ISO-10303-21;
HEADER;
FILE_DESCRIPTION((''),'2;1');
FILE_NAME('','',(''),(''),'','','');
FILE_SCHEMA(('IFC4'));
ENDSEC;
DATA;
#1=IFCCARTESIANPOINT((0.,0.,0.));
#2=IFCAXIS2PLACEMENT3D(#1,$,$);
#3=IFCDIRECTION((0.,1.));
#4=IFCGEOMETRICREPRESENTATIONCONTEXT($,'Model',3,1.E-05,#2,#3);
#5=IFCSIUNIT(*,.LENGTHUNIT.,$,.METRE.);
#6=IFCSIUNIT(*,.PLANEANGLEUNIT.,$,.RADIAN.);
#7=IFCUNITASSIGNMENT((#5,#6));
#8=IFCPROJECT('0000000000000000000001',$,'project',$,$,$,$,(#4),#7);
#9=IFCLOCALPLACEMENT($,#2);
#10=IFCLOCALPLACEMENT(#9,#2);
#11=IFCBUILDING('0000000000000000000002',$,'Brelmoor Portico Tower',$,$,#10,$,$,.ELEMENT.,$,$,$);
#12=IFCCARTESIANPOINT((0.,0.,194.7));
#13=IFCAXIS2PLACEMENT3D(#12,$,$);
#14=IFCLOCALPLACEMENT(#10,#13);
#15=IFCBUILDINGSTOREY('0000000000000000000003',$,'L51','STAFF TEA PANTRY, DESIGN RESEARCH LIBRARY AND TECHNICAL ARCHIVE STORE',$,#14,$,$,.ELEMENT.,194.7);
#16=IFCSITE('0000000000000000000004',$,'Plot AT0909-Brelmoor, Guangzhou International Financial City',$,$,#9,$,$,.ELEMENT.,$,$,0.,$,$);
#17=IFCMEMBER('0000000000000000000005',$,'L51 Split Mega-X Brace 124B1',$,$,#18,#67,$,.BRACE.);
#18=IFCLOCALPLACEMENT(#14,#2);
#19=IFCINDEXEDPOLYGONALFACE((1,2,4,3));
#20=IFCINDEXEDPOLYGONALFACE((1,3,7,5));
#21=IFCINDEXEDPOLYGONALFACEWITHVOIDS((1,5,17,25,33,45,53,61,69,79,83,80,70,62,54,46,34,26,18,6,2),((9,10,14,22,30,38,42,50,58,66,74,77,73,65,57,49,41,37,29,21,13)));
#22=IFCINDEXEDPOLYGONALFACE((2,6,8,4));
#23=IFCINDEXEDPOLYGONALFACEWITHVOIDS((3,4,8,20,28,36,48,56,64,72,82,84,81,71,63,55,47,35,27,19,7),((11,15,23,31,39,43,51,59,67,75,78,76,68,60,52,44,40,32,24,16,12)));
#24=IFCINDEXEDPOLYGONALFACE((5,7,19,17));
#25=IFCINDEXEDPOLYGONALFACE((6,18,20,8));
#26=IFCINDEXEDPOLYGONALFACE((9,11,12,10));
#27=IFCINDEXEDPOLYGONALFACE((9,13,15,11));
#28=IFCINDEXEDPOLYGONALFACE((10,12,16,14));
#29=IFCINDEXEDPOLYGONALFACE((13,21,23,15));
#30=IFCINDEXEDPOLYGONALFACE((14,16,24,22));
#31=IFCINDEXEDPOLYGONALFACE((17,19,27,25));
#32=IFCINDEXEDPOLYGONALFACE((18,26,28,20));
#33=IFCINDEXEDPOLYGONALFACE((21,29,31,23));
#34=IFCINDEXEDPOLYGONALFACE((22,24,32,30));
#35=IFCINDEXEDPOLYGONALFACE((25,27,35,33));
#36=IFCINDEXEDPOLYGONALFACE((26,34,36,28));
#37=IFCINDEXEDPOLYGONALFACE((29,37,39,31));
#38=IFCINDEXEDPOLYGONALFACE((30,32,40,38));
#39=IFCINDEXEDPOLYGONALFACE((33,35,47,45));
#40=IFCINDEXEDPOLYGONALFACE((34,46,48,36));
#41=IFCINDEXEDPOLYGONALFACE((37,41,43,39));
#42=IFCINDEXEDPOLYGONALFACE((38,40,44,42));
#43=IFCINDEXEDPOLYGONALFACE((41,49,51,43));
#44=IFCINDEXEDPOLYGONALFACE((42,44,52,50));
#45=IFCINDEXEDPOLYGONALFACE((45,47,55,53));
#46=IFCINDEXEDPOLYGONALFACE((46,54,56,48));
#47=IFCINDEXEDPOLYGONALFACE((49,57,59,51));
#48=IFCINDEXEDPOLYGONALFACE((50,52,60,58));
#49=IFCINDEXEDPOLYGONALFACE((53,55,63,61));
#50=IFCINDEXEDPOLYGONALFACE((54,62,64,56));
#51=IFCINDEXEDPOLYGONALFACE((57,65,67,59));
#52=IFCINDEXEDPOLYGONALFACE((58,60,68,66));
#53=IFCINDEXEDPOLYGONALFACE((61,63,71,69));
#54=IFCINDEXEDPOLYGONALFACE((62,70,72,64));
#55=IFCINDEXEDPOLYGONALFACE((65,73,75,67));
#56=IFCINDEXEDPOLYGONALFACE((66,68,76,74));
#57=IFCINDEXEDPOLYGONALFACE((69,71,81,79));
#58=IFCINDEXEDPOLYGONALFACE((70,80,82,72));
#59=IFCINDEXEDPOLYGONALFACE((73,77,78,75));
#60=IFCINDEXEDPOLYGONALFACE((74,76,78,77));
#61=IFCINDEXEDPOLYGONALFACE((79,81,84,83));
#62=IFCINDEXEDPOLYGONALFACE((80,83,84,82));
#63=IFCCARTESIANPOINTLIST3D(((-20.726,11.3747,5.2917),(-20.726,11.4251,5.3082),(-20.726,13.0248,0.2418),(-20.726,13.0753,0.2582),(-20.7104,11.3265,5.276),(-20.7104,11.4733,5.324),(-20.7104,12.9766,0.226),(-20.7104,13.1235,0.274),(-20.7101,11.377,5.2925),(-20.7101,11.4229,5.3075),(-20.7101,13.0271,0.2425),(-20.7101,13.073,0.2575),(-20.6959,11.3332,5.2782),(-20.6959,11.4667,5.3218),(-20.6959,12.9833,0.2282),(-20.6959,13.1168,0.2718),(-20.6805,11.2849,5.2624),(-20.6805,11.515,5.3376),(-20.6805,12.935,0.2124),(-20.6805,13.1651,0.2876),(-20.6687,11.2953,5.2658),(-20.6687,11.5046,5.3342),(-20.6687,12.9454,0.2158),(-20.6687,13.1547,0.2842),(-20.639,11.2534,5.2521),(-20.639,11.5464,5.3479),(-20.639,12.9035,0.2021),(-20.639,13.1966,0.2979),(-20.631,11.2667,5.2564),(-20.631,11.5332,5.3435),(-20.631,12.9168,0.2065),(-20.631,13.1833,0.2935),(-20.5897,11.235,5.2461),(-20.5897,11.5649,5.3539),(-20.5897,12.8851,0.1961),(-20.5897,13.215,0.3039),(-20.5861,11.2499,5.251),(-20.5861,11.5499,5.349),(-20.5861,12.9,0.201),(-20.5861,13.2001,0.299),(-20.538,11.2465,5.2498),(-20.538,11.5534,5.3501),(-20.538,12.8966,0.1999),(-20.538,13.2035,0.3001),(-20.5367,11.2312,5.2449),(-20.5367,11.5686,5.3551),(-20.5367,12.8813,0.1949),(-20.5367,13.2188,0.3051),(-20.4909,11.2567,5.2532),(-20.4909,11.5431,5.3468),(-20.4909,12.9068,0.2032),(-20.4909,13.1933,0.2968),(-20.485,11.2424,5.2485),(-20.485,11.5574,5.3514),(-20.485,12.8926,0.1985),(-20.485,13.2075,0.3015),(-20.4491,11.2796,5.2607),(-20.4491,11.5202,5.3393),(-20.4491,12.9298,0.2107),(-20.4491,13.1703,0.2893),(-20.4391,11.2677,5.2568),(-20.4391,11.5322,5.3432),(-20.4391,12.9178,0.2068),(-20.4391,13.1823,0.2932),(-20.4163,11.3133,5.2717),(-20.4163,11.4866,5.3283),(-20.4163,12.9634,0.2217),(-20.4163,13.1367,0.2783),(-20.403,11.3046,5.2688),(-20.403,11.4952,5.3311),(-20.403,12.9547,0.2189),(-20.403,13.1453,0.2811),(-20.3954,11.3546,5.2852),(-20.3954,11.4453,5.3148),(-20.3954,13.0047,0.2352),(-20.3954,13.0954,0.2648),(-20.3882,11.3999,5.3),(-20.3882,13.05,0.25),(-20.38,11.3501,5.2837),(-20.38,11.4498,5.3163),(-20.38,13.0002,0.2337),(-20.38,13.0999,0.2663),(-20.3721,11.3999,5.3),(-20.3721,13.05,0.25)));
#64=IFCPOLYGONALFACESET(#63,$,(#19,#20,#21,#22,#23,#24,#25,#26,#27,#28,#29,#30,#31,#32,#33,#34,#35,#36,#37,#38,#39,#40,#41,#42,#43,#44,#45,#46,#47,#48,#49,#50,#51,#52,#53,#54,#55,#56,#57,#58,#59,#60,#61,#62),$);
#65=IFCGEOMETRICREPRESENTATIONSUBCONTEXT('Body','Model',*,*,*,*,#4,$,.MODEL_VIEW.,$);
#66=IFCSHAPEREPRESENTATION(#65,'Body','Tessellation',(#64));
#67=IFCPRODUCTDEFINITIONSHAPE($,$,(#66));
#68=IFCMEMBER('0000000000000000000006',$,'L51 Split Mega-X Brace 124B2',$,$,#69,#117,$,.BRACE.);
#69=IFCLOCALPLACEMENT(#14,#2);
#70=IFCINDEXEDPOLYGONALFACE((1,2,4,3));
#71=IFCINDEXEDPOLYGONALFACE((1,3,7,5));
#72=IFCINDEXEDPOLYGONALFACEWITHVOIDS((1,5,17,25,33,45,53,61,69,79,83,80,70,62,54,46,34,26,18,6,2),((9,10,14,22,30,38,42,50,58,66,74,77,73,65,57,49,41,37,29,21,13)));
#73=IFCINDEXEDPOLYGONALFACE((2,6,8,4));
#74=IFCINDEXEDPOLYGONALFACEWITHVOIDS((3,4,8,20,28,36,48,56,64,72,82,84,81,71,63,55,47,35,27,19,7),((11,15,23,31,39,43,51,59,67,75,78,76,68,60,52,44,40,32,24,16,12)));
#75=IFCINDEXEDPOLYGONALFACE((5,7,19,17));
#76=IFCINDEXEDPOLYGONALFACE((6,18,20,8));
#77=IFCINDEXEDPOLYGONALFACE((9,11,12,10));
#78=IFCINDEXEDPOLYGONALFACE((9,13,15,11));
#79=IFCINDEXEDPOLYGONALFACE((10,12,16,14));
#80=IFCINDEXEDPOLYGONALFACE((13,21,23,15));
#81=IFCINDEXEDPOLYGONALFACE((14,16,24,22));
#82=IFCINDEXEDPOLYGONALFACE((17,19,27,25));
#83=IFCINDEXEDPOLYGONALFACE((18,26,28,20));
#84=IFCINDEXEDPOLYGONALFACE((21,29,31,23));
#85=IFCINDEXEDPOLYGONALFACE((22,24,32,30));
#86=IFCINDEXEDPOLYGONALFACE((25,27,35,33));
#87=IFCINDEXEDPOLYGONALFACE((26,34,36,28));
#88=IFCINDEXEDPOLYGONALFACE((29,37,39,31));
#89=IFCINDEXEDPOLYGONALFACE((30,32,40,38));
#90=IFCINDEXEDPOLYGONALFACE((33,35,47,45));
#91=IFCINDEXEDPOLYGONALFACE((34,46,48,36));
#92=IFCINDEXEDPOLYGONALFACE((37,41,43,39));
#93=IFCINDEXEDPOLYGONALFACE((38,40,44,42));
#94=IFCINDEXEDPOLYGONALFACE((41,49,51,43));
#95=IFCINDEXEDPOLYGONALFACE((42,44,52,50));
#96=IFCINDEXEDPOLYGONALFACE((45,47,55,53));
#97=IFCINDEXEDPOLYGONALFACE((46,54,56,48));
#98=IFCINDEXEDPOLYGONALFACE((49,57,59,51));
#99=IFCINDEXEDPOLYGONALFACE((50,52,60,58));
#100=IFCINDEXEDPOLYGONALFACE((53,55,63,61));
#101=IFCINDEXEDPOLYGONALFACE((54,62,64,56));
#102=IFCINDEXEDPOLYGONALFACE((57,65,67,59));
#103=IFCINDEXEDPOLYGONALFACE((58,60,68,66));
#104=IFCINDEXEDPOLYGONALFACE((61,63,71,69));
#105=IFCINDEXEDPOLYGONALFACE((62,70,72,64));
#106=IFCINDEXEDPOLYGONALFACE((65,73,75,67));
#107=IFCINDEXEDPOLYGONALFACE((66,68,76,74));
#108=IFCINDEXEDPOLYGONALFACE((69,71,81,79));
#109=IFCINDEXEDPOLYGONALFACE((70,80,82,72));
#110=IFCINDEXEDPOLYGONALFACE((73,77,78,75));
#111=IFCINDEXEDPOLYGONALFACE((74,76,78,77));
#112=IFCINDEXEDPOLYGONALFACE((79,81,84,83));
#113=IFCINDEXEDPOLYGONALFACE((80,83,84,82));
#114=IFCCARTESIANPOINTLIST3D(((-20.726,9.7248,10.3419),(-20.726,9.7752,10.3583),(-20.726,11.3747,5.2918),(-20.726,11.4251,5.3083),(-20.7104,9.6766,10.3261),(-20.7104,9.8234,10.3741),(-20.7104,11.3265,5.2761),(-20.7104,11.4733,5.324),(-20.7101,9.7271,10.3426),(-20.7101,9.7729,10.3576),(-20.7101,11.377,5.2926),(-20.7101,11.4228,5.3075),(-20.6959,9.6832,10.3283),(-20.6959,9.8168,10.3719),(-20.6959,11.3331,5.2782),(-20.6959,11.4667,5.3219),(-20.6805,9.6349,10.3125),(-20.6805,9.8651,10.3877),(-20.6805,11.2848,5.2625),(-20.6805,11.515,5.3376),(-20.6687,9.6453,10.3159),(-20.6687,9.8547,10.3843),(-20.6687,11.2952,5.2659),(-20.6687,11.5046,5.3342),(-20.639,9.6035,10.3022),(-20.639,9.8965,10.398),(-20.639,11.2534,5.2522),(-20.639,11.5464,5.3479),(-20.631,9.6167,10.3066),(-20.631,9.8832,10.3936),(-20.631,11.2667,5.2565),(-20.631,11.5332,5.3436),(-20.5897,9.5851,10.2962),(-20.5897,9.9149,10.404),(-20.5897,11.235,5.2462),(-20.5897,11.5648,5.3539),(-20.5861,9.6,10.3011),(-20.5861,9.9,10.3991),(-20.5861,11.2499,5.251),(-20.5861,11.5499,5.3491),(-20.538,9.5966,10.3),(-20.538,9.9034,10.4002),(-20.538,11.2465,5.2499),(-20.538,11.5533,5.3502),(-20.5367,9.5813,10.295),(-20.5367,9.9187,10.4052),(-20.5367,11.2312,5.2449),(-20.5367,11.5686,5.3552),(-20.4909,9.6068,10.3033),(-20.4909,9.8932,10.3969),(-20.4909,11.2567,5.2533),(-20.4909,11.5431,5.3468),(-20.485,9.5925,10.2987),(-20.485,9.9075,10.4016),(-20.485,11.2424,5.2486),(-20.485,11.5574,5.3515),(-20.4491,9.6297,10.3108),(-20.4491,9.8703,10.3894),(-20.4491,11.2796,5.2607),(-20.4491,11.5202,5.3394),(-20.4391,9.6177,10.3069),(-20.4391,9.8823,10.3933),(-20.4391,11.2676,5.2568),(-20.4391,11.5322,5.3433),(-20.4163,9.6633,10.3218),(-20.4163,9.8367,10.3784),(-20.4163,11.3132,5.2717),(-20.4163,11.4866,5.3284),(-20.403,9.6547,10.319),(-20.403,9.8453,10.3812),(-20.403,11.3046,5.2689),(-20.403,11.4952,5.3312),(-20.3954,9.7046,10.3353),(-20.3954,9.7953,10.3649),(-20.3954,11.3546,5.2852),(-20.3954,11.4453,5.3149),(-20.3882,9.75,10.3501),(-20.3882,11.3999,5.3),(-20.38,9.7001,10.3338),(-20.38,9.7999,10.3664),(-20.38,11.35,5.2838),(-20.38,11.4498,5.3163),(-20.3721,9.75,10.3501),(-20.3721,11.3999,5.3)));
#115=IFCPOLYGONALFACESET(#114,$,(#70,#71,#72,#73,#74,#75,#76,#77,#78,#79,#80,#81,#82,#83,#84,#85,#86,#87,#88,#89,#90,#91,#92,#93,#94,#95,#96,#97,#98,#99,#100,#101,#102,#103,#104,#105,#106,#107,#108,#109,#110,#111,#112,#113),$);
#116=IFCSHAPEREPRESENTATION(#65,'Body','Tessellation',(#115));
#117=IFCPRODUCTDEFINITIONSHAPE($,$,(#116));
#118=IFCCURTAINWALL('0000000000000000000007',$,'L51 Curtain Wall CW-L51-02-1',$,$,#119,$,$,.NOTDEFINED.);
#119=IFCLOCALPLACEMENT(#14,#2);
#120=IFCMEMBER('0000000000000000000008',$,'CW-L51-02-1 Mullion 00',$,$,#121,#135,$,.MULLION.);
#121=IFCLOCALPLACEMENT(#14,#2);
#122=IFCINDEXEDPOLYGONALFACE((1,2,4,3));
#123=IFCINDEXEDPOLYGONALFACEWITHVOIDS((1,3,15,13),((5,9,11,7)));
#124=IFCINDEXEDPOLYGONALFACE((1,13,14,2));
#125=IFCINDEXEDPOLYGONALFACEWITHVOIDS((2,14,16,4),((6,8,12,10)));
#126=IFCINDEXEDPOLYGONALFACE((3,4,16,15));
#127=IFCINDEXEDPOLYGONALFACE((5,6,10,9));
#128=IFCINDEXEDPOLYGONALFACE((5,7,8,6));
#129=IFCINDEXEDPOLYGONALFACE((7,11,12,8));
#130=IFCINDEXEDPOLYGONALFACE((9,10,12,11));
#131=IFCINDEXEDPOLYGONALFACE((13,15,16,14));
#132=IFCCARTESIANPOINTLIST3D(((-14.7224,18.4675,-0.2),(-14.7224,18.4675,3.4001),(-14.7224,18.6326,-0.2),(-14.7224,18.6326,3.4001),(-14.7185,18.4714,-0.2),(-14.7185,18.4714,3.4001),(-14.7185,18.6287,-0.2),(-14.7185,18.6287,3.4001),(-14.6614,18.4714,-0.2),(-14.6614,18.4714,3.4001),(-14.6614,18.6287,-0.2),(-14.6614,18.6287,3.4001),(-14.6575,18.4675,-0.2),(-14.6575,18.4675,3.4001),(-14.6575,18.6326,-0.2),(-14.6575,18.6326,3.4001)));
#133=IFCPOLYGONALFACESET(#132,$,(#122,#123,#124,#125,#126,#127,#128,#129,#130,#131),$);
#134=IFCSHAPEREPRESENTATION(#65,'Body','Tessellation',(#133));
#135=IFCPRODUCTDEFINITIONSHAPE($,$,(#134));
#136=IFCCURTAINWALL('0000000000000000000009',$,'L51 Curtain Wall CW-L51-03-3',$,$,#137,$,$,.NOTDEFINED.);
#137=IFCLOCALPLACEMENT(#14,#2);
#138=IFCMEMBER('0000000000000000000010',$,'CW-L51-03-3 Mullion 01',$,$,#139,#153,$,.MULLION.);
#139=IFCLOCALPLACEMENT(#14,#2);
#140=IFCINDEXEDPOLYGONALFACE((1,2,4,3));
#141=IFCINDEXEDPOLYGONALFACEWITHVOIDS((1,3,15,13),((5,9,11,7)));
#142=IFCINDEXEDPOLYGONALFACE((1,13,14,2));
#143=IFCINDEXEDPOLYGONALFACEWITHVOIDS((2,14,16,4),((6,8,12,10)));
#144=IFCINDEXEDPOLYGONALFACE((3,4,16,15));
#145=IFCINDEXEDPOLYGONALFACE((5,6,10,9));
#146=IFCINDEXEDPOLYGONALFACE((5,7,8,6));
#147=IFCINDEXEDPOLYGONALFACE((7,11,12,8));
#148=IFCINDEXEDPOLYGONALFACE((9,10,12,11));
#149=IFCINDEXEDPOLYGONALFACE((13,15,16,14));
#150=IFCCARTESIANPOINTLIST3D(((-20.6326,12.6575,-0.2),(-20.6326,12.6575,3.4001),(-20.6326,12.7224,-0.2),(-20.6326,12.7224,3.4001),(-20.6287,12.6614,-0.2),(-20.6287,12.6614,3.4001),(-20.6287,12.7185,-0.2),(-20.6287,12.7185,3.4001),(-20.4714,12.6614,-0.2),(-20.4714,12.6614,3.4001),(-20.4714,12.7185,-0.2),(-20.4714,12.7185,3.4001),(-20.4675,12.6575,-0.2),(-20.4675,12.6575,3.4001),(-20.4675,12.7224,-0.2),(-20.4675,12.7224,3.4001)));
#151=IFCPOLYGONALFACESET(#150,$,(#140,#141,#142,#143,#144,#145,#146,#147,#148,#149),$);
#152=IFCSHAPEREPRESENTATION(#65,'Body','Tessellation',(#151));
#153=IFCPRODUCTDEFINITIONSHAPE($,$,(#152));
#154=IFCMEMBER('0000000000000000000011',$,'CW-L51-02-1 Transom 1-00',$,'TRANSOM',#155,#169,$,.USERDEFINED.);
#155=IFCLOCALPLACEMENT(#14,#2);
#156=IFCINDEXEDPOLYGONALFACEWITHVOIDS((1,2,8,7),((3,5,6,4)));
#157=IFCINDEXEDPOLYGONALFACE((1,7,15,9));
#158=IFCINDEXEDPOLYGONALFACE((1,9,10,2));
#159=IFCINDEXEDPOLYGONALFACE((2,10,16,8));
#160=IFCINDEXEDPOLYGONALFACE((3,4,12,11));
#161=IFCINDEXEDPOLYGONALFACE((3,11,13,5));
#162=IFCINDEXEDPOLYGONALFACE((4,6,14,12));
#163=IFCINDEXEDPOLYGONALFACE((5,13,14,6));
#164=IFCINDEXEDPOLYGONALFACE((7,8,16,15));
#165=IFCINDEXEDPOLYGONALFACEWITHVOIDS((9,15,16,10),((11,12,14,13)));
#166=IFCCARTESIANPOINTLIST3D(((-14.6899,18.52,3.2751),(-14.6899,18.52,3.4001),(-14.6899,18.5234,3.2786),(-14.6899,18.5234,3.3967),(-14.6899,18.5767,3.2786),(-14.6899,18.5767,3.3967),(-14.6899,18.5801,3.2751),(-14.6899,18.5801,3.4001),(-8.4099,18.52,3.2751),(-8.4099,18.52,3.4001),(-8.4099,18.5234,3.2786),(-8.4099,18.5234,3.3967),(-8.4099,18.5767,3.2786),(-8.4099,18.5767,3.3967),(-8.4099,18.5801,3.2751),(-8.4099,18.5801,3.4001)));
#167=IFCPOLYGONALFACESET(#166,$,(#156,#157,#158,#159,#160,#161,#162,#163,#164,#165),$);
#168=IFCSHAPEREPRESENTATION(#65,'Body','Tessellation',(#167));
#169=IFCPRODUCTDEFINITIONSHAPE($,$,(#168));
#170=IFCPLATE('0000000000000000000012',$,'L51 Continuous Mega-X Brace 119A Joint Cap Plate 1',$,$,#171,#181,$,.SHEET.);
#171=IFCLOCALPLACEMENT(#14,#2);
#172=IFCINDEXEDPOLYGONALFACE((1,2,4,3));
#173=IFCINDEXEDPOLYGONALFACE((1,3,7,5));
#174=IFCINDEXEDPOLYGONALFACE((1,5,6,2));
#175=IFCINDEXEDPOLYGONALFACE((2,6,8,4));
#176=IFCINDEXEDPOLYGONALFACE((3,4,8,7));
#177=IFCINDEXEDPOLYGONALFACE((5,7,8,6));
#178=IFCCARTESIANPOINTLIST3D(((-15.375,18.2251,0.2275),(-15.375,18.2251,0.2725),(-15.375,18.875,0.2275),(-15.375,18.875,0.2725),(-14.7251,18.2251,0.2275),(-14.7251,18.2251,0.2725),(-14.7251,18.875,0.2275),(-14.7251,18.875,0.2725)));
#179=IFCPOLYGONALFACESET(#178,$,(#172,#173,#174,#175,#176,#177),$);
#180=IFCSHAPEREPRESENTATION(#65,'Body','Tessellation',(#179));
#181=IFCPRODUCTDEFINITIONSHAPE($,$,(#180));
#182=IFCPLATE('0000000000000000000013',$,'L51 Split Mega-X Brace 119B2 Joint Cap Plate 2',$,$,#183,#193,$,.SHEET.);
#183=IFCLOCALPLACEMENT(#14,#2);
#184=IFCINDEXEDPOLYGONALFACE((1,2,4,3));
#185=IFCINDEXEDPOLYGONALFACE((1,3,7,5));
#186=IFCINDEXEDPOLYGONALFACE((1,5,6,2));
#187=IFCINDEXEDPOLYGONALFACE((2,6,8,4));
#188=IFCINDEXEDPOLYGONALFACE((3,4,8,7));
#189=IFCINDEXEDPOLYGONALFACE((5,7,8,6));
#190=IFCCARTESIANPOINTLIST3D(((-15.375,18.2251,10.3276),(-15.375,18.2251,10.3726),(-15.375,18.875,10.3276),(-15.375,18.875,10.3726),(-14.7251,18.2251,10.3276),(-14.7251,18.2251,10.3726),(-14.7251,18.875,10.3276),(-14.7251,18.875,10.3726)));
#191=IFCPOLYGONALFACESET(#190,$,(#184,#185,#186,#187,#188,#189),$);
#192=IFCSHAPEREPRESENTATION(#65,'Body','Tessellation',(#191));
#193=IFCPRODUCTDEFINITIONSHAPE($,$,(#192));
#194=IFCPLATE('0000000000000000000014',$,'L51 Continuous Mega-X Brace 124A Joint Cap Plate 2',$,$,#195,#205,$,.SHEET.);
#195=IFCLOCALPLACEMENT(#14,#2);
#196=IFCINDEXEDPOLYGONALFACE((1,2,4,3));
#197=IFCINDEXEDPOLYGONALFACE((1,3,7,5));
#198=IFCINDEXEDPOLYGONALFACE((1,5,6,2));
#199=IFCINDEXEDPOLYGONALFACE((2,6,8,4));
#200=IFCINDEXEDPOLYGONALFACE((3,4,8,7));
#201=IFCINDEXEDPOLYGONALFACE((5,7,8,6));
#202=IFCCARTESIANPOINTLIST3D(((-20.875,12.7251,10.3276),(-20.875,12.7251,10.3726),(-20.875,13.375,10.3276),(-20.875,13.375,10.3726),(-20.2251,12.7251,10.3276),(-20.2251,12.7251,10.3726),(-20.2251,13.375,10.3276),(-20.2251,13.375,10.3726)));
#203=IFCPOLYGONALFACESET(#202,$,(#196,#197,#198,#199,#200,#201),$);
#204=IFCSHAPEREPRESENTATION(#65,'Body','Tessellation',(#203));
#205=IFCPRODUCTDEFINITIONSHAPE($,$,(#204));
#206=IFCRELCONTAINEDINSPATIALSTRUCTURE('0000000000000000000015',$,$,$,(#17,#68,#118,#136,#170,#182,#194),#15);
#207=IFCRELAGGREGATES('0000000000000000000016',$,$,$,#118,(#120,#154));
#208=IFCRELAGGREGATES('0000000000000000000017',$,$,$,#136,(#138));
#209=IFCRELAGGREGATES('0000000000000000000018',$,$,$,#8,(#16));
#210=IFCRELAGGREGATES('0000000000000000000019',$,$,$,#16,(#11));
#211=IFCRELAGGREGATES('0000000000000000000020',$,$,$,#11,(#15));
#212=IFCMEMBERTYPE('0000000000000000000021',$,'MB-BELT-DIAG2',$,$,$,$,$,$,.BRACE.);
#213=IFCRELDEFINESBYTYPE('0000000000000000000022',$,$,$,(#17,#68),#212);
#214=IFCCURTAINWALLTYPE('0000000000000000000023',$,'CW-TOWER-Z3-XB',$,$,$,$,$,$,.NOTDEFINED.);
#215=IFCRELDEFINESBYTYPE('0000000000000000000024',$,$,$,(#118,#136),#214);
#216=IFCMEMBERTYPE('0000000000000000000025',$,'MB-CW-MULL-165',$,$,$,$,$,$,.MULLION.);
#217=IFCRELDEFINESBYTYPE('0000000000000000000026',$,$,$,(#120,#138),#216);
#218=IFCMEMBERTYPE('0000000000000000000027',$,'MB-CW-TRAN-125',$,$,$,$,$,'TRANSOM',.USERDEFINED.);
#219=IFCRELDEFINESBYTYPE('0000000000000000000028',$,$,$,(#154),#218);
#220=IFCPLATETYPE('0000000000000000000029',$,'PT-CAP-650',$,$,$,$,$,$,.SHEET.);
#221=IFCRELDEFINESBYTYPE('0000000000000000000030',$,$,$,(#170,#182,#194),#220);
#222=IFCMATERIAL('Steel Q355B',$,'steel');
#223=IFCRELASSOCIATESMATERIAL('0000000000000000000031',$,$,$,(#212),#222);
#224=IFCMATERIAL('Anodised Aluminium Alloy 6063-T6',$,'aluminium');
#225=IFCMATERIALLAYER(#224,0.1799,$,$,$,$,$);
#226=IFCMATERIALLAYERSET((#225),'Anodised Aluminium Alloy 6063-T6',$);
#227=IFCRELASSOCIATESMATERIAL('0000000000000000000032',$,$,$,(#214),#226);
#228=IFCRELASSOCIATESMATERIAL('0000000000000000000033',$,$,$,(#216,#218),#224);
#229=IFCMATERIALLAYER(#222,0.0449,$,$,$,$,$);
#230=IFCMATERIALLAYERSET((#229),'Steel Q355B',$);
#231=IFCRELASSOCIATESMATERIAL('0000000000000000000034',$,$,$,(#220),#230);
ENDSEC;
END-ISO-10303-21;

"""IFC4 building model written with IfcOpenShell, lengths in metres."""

from ifc_helpers import new_model, si_unit, direction, frame, origin, origin_2d, place, context, subcontext, project, spatial, rectangle, hollow_rectangle, hollow_circle, extrude, material, layer, layer_set, material_profile, profile_set, type_object, element, aggregate, save


model = new_model("IFC4")

# Units and contexts
model_context = context("Model", 3, precision=1e-05, world=origin(), true_north=direction((0.0, 1.0)))
body_context = subcontext(model_context, "Body", "Model", "MODEL_VIEW")
ifc_project = project(units=[si_unit("LENGTHUNIT", "METRE"), si_unit("PLANEANGLEUNIT", "RADIAN")], contexts=[model_context])

# Site, building, storey
site_placement = place(None, origin())
site = spatial("IfcSite", under=ifc_project, at=site_placement, Name="Plot AT0909-Brelmoor, Guangzhou International Financial City", CompositionType="ELEMENT", RefElevation=0.0)
building_placement = place(site_placement, origin())
building = spatial("IfcBuilding", under=site, at=building_placement, Name="Brelmoor Portico Tower", CompositionType="ELEMENT")
storey_placement = place(building_placement, frame((0.0, 0.0, 194.7)))
storey = spatial("IfcBuildingStorey", under=building, at=storey_placement, Name="L51", Description="STAFF TEA PANTRY, DESIGN RESEARCH LIBRARY AND TECHNICAL ARCHIVE STORE", CompositionType="ELEMENT", Elevation=194.7)

# Shared definitions
ifc_material_1 = material(Name="Steel Q355B", Category="steel")

# Members
ifc_material_profile_1 = material_profile(ifc_material_1, hollow_circle(Radius=0.178, WallThickness=0.0161, at=origin_2d()), Name="CHS 356x16")
ifc_profile_set_1 = profile_set([ifc_material_profile_1], Name="Steel Q355B")
member_type_1 = type_object("IfcMemberType", Name="MB-BELT-DIAG2", PredefinedType="BRACE", material=ifc_profile_set_1)
for number, where, z_axis, x_axis, name in (
    (1, (-20.55, 13.05, 0.25), (0.0, -0.310598, 0.950542), (1.0, 0.0, 0.0), "L51 Split Mega-X Brace 124B1"),
    (2, (-20.55, 11.3999, 5.3), (0.0, -0.310556, 0.950555), (1.0, 0.0, 0.0), "L51 Split Mega-X Brace 124B2"),
):
    element("IfcMember", number, at=place(storey_placement, frame(where, z_axis=z_axis, x_axis=x_axis)), inside=storey, type_object=member_type_1, Name=name, PredefinedType="BRACE", context=body_context, shape_type="SweptSolid", body=[
        extrude(hollow_circle(Radius=0.178, WallThickness=0.0161, at=origin_2d()), origin(), (0.0, 0.0, 1.0), 5.3127),
    ])

# Curtain walls, members
ifc_material_2 = material(Name="Anodised Aluminium Alloy 6063-T6", Category="aluminium")
ifc_layer_1 = layer(ifc_material_2, 0.1799)
ifc_layer_set_1 = layer_set([ifc_layer_1], Name="Anodised Aluminium Alloy 6063-T6")
curtain_wall_type = type_object("IfcCurtainWallType", Name="CW-TOWER-Z3-XB", PredefinedType="NOTDEFINED", material=ifc_layer_set_1)
curtain_wall_1_placement = place(storey_placement, origin())
curtain_wall_1 = element("IfcCurtainWall", 3, at=curtain_wall_1_placement, inside=storey, type_object=curtain_wall_type, Name="L51 Curtain Wall CW-L51-02-1", PredefinedType="NOTDEFINED")
ifc_material_profile_2 = material_profile(ifc_material_2, hollow_rectangle(XDim=0.0649, YDim=0.165, WallThickness=0.0039, at=origin_2d()), Name="ALU MULLION 65x165")
ifc_profile_set_2 = profile_set([ifc_material_profile_2], Name="Anodised Aluminium Alloy 6063-T6")
member_type_2 = type_object("IfcMemberType", Name="MB-CW-MULL-165", PredefinedType="MULLION", material=ifc_profile_set_2)
member_1_placement = place(storey_placement, frame((-14.6899, 18.55, -0.2), z_axis=(0.0, 0.0, 1.0), x_axis=(1.0, 0.0, 0.0)))
member_1 = element("IfcMember", 4, at=member_1_placement, type_object=member_type_2, Name="CW-L51-02-1 Mullion 00", PredefinedType="MULLION", context=body_context, shape_type="SweptSolid", body=[
    extrude(hollow_rectangle(XDim=0.0649, YDim=0.165, WallThickness=0.0039, at=origin_2d()), origin(), (0.0, 0.0, 1.0), 3.6001),
])
curtain_wall_2_placement = place(storey_placement, origin())
curtain_wall_2 = element("IfcCurtainWall", 5, at=curtain_wall_2_placement, inside=storey, type_object=curtain_wall_type, Name="L51 Curtain Wall CW-L51-03-3", PredefinedType="NOTDEFINED")
member_2_placement = place(storey_placement, frame((-20.55, 12.6899, -0.2), z_axis=(0.0, 0.0, 1.0), x_axis=(0.0, 1.0, 0.0)))
member_2 = element("IfcMember", 6, at=member_2_placement, type_object=member_type_2, Name="CW-L51-03-3 Mullion 01", PredefinedType="MULLION", context=body_context, shape_type="SweptSolid", body=[
    extrude(hollow_rectangle(XDim=0.0649, YDim=0.165, WallThickness=0.0039, at=origin_2d()), origin(), (0.0, 0.0, 1.0), 3.6001),
])

# Member
ifc_material_profile_3 = material_profile(ifc_material_2, hollow_rectangle(XDim=0.0601, YDim=0.125, WallThickness=0.0034, at=origin_2d()), Name="ALU TRANSOM 60x125")
ifc_profile_set_3 = profile_set([ifc_material_profile_3], Name="Anodised Aluminium Alloy 6063-T6")
member_type_3 = type_object("IfcMemberType", Name="MB-CW-TRAN-125", ElementType="TRANSOM", PredefinedType="USERDEFINED", material=ifc_profile_set_3)
member_3_placement = place(storey_placement, frame((-14.6899, 18.55, 3.3376), z_axis=(1.0, 0.0, 0.0), x_axis=(0.0, 1.0, 0.0)))
member_3 = element("IfcMember", 7, at=member_3_placement, type_object=member_type_3, Name="CW-L51-02-1 Transom 1-00", ObjectType="TRANSOM", PredefinedType="USERDEFINED", context=body_context, shape_type="SweptSolid", body=[
    extrude(hollow_rectangle(XDim=0.0601, YDim=0.125, WallThickness=0.0034, at=origin_2d()), origin(), (0.0, 0.0, 1.0), 6.28),
])
aggregate(curtain_wall_1, [member_1, member_3])

# Plates
ifc_layer_2 = layer(ifc_material_1, 0.0449)
ifc_layer_set_2 = layer_set([ifc_layer_2], Name="Steel Q355B")
plate_type_1 = type_object("IfcPlateType", Name="PT-CAP-650", PredefinedType="SHEET", material=ifc_layer_set_2)
for number, where, z_axis, x_axis, name in (
    (8, (-15.05, 18.55, 0.2275), (0.0, 0.0, 1.0), (1.0, 0.0, 0.0), "L51 Continuous Mega-X Brace 119A Joint Cap Plate 1"),
    (9, (-15.05, 18.55, 10.3276), (0.0, 0.0, 1.0), (1.0, 0.0, 0.0), "L51 Split Mega-X Brace 119B2 Joint Cap Plate 2"),
    (10, (-20.55, 13.05, 10.3276), (0.0, 0.0, 1.0), (1.0, 0.0, 0.0), "L51 Continuous Mega-X Brace 124A Joint Cap Plate 2"),
):
    element("IfcPlate", number, at=place(storey_placement, frame(where, z_axis=z_axis, x_axis=x_axis)), inside=storey, type_object=plate_type_1, Name=name, PredefinedType="SHEET", context=body_context, shape_type="SweptSolid", body=[
        extrude(rectangle(XDim=0.6499, YDim=0.6499, at=origin_2d()), origin(), (0.0, 0.0, 1.0), 0.0449),
    ])

aggregate(curtain_wall_2, [member_2])

save(model, "model.ifc")
